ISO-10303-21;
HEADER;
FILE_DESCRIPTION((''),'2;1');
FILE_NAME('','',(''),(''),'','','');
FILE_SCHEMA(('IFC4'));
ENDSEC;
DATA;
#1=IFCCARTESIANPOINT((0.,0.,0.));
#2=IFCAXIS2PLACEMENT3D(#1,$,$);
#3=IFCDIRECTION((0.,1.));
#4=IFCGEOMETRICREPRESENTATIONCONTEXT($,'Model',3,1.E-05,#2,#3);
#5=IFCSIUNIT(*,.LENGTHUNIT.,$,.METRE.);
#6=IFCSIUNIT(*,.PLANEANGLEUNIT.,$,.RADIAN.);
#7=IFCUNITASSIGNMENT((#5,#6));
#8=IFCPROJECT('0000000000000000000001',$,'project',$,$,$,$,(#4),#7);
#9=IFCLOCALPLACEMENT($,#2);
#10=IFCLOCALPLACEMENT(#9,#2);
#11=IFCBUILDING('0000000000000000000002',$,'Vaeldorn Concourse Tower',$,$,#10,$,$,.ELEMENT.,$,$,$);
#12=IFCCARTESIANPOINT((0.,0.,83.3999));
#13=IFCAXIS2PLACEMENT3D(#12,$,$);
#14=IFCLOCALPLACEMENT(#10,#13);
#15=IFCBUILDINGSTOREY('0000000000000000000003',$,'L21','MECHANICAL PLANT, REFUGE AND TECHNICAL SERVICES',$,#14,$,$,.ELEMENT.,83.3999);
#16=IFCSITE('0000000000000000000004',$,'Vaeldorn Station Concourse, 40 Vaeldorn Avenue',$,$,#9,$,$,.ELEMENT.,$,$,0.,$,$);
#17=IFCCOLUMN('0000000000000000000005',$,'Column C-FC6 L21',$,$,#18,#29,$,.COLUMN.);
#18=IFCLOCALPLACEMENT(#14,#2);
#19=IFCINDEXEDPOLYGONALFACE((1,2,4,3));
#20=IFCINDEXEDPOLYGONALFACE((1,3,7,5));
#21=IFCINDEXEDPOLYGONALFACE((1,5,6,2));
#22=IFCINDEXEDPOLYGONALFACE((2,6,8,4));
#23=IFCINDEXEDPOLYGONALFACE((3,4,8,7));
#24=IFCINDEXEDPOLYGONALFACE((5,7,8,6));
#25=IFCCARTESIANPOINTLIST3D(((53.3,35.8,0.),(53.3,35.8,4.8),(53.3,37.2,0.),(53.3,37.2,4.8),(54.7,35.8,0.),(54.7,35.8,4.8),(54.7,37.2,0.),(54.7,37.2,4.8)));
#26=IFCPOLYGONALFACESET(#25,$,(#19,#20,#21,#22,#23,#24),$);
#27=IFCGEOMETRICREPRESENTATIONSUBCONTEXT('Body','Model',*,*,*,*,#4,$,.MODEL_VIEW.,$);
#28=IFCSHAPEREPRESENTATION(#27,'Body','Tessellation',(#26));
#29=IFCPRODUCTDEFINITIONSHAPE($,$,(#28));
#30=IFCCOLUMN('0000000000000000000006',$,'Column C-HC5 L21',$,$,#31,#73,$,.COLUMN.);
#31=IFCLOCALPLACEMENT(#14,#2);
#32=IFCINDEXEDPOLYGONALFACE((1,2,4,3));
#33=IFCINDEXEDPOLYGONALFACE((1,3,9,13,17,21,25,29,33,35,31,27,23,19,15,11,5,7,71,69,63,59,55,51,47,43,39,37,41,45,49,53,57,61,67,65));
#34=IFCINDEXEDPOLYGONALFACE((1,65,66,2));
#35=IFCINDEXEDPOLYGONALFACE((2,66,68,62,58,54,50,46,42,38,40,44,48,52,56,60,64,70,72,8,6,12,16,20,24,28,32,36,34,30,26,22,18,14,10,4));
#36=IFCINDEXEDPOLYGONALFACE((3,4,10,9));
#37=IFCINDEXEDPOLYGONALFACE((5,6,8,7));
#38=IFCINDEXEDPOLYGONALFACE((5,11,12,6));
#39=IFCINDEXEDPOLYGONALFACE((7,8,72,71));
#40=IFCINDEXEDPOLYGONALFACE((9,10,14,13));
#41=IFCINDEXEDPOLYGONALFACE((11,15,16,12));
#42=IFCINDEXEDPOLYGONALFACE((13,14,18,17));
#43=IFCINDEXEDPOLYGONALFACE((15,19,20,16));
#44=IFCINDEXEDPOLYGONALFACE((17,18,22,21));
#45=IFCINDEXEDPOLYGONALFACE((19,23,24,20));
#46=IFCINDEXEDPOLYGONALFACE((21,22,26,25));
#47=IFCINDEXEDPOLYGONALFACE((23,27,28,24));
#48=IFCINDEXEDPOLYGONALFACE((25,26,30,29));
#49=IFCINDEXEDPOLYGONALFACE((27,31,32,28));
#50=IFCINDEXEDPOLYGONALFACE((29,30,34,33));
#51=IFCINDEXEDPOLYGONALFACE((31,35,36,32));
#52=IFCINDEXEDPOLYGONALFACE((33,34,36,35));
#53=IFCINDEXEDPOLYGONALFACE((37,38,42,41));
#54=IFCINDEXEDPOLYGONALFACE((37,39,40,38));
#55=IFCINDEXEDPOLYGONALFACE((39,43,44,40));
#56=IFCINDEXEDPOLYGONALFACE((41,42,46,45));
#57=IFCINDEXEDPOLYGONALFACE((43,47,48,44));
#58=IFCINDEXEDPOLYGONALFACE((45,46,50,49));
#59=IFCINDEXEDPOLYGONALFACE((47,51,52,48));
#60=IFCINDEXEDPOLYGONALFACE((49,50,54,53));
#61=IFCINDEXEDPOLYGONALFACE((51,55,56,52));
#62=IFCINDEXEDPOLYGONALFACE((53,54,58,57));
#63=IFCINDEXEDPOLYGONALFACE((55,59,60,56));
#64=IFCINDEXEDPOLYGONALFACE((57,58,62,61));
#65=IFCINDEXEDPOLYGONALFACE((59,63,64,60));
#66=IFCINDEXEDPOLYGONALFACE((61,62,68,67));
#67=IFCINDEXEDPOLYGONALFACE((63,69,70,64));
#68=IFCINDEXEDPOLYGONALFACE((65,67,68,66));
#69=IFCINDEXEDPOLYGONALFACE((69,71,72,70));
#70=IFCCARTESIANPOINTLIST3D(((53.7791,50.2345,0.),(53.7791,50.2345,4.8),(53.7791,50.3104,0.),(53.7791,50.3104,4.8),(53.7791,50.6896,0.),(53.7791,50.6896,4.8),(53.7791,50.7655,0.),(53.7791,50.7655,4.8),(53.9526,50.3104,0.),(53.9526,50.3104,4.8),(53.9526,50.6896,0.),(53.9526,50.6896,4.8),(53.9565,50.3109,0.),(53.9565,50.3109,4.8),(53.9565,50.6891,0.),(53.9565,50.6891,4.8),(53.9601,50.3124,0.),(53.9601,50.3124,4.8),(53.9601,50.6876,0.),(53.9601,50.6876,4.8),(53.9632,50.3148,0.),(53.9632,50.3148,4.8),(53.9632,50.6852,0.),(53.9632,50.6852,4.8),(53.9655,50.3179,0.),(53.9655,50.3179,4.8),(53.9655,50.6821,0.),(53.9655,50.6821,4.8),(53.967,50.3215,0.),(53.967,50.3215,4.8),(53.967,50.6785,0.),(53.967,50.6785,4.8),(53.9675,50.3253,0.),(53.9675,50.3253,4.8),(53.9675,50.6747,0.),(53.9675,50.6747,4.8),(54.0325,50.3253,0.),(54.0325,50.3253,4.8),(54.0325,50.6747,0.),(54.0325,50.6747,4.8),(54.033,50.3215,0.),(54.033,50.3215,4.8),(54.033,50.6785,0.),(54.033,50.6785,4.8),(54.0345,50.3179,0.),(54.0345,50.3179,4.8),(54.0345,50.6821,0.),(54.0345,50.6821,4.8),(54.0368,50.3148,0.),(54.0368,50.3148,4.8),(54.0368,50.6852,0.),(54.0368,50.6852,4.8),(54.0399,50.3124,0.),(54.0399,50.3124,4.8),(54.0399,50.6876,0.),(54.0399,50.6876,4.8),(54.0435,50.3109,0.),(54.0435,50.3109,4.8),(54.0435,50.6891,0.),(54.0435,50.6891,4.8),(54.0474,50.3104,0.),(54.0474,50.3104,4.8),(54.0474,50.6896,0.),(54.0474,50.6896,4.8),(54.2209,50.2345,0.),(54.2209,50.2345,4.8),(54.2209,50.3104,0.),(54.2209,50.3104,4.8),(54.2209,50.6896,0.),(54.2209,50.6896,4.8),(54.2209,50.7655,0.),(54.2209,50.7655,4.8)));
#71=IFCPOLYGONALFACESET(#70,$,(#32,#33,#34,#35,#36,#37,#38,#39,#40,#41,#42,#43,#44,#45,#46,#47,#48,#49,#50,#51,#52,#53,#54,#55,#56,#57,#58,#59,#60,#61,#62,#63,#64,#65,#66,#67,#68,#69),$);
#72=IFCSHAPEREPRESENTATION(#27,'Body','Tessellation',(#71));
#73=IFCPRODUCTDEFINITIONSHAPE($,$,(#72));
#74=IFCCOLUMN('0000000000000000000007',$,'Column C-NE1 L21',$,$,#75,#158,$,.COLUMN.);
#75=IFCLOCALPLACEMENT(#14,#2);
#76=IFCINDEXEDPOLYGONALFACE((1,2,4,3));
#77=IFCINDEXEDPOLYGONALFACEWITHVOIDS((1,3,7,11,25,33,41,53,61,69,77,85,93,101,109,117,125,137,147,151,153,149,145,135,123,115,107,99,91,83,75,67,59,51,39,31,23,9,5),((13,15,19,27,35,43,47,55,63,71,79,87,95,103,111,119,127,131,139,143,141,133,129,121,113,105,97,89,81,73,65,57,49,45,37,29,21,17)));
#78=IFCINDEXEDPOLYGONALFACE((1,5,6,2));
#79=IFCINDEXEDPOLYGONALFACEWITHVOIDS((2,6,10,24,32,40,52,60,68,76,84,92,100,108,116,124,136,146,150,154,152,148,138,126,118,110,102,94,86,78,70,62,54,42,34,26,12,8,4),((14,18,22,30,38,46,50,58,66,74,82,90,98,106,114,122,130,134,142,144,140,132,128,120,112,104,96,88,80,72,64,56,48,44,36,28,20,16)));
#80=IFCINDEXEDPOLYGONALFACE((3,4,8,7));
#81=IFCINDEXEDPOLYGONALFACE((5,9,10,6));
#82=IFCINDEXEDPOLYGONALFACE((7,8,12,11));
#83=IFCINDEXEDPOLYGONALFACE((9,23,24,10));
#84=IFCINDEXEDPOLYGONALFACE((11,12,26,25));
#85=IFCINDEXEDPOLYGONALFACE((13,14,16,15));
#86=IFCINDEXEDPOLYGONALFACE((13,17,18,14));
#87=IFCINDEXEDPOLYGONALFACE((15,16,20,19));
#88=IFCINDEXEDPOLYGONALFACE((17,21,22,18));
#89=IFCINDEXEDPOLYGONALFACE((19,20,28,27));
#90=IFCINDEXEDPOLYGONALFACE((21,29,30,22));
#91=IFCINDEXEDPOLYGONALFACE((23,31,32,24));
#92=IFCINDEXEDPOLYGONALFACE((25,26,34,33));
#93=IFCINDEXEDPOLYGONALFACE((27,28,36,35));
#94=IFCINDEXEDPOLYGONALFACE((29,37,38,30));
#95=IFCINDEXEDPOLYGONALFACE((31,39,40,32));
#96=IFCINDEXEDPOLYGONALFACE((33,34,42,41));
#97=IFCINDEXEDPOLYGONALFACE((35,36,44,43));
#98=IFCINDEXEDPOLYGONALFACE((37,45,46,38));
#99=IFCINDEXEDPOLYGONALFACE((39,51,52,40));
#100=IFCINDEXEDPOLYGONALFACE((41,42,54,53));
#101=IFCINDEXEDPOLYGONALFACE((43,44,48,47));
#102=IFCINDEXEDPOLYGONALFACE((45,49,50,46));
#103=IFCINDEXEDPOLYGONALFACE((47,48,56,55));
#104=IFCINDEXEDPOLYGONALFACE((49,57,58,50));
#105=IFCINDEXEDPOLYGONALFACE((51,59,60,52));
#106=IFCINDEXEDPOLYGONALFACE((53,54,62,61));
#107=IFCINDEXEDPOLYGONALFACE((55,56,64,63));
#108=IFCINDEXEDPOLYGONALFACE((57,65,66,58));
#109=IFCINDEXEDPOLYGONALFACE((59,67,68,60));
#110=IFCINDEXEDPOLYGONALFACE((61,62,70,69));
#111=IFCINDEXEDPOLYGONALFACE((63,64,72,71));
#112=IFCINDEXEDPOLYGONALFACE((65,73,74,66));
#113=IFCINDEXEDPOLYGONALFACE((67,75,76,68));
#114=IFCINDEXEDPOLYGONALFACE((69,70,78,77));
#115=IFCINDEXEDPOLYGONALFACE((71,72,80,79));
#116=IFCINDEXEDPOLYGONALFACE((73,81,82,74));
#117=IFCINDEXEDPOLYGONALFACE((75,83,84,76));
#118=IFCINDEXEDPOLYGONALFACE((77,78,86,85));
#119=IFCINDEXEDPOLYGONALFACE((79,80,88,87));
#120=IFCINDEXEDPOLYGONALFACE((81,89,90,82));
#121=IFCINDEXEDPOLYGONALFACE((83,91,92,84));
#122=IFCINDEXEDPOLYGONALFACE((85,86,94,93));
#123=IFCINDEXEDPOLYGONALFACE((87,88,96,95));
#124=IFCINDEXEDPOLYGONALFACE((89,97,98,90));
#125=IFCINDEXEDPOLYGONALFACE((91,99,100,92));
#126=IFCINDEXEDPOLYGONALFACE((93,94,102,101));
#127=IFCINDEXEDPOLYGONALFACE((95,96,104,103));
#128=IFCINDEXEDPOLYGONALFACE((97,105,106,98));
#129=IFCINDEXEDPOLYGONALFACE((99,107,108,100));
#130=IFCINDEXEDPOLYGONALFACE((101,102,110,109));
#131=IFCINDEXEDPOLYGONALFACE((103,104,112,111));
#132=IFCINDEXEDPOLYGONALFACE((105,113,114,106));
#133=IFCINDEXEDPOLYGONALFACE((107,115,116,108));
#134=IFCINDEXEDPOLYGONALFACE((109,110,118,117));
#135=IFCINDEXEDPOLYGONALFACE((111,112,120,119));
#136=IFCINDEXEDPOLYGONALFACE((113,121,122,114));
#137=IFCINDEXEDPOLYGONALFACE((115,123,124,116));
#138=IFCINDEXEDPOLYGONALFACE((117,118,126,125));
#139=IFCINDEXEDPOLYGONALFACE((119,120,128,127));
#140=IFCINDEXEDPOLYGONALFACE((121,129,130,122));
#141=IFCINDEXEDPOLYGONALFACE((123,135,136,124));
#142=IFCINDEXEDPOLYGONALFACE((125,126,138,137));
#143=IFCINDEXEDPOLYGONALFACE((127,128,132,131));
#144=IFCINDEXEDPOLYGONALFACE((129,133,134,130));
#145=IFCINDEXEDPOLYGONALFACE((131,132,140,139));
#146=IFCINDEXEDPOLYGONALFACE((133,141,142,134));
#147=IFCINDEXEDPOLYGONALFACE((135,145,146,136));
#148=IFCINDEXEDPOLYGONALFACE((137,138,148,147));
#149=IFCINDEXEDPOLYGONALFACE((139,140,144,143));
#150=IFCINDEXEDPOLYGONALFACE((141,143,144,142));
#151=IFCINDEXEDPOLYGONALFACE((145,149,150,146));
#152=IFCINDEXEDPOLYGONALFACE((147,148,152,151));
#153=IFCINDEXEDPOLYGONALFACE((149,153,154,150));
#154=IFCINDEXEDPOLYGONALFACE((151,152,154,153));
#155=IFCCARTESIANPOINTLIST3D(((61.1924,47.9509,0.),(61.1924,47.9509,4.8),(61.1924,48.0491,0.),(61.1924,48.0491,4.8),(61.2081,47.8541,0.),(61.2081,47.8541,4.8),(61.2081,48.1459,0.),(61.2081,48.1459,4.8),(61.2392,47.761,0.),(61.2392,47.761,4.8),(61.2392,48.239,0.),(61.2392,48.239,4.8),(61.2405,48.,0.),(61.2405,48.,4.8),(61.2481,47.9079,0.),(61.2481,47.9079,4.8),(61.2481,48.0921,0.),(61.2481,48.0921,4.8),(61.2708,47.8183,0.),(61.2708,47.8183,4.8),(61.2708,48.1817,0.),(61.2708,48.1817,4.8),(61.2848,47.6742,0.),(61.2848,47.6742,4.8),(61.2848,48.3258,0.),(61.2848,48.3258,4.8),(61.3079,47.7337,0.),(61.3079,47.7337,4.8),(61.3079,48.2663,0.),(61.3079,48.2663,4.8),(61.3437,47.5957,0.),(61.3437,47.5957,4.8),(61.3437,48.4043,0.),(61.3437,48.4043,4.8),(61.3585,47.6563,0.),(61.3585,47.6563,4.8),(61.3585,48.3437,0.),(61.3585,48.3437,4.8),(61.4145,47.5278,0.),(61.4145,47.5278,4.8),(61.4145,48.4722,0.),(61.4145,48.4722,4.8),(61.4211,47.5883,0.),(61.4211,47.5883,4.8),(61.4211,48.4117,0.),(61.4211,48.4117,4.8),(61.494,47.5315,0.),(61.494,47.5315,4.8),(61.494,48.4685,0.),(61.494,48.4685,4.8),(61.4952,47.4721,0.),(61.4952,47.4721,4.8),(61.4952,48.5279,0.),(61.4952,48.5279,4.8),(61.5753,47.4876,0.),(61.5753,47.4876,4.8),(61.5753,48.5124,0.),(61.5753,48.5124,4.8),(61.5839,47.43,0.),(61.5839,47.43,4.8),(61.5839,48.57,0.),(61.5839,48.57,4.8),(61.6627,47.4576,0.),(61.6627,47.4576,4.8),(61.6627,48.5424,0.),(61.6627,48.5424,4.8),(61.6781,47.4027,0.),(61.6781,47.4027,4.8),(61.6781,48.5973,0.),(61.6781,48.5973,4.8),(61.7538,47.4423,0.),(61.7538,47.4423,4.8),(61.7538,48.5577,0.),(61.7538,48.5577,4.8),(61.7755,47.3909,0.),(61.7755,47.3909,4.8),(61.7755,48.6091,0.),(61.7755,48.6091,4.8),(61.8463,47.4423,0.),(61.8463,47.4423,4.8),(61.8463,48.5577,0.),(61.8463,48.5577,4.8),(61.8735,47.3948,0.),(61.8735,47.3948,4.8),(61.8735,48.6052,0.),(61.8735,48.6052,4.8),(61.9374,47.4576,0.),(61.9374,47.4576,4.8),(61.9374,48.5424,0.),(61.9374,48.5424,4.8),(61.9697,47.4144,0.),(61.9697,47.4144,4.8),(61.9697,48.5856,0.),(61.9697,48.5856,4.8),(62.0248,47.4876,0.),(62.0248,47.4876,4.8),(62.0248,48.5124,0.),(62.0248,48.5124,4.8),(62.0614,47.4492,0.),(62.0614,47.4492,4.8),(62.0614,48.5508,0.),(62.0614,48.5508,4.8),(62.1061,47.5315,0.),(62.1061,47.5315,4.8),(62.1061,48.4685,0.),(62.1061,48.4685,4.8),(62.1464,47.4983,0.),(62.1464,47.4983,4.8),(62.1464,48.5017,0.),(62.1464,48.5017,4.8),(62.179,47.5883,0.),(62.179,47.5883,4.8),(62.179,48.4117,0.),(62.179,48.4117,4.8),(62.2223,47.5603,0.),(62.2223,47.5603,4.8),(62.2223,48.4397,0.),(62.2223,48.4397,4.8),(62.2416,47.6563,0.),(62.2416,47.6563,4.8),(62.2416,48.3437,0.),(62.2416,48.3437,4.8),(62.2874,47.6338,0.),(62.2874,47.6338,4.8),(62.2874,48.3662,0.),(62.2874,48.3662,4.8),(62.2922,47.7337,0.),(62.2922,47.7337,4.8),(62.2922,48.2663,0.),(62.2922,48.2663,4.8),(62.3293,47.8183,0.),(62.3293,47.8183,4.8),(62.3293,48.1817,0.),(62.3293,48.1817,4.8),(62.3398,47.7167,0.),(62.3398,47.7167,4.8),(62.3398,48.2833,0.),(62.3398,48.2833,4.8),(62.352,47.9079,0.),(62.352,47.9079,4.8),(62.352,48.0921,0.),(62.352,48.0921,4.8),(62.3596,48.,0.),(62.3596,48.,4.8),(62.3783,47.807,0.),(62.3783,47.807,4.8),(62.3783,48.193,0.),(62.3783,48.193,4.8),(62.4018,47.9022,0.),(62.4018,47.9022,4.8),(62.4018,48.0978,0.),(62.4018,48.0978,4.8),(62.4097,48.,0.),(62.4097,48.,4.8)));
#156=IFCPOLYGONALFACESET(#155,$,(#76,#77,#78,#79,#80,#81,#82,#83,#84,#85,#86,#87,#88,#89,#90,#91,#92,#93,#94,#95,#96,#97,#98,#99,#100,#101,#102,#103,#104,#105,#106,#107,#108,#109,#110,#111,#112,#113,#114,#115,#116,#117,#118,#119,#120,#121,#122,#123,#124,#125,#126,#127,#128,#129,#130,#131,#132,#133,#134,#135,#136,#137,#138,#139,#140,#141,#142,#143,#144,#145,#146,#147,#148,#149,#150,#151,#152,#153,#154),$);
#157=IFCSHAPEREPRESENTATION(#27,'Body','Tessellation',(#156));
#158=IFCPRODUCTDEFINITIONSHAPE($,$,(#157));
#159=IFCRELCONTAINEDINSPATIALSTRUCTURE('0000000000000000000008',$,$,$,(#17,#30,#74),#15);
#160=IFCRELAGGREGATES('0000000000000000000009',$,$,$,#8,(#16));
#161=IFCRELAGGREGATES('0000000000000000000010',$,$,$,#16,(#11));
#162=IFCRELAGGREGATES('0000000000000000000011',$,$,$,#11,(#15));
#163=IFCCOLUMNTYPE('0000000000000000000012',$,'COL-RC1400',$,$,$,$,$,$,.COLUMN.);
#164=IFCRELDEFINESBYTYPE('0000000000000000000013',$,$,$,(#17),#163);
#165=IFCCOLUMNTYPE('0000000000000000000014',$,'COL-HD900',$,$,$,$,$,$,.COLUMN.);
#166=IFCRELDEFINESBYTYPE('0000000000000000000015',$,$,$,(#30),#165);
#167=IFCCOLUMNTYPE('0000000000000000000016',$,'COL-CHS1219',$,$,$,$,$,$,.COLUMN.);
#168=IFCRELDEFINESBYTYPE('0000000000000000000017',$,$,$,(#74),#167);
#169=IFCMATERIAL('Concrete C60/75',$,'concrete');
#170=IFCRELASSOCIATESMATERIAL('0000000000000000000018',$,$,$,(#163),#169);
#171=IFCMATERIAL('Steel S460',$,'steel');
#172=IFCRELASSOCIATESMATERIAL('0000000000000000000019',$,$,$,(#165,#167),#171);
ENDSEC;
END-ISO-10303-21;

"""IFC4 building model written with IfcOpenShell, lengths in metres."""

from ifc_helpers import new_model, si_unit, direction, frame, origin, origin_2d, place, context, subcontext, project, spatial, rectangle, hollow_circle, i_section, extrude, source, transform, mapped, material, material_profile, profile_set, type_object, element, save


model = new_model("IFC4")

# Units and contexts
model_context = context("Model", 3, precision=1e-05, world=origin(), true_north=direction((0.0, 1.0)))
body_context = subcontext(model_context, "Body", "Model", "MODEL_VIEW")
ifc_project = project(units=[si_unit("LENGTHUNIT", "METRE"), si_unit("PLANEANGLEUNIT", "RADIAN")], contexts=[model_context])

# Site, building, storey
site_placement = place(None, origin())
site = spatial("IfcSite", under=ifc_project, at=site_placement, Name="Vaeldorn Station Concourse, 40 Vaeldorn Avenue", CompositionType="ELEMENT", RefElevation=0.0)
building_placement = place(site_placement, origin())
building = spatial("IfcBuilding", under=site, at=building_placement, Name="Vaeldorn Concourse Tower", CompositionType="ELEMENT")
storey_placement = place(building_placement, frame((0.0, 0.0, 83.3999)))
storey = spatial("IfcBuildingStorey", under=building, at=storey_placement, Name="L21", Description="MECHANICAL PLANT, REFUGE AND TECHNICAL SERVICES", CompositionType="ELEMENT", Elevation=83.3999)

# Columns
ifc_material_1 = material(Name="Concrete C60/75", Category="concrete")
ifc_material_profile_1 = material_profile(ifc_material_1, rectangle(XDim=1.3999, YDim=1.3999, at=origin_2d()), Name="RC 1400x1400")
ifc_profile_set_1 = profile_set([ifc_material_profile_1], Name="Concrete C60/75")
column_type_1 = type_object("IfcColumnType", Name="COL-RC1400", PredefinedType="COLUMN", material=ifc_profile_set_1)
shared_shape_1 = source(origin(), body_context, "Body", "SweptSolid", [
    extrude(rectangle(XDim=1.3999, YDim=1.3999, at=origin_2d()), origin(), (0.0, 0.0, 1.0), 4.8),
])
column_1_placement = place(storey_placement, frame((54.0, 36.5, 0.0), z_axis=(0.0, 0.0, 1.0), x_axis=(1.0, 0.0, 0.0)))
element("IfcColumn", 1, at=column_1_placement, inside=storey, type_object=column_type_1, Name="Column C-FC6 L21", PredefinedType="COLUMN", context=body_context, shape_type="MappedRepresentation", body=[
    mapped(shared_shape_1, transform((0.0, 0.0, 0.0), scale=1.0)),
])
ifc_material_2 = material(Name="Steel S460", Category="steel")
ifc_material_profile_2 = material_profile(ifc_material_2, i_section(OverallWidth=0.4419, OverallDepth=0.531, WebThickness=0.0649, FlangeThickness=0.0759, FilletRadius=0.0149, at=origin_2d()), Name="HD 400x900")
ifc_profile_set_2 = profile_set([ifc_material_profile_2], Name="Steel S460")
column_type_2 = type_object("IfcColumnType", Name="COL-HD900", PredefinedType="COLUMN", material=ifc_profile_set_2)
shared_shape_2 = source(origin(), body_context, "Body", "SweptSolid", [
    extrude(i_section(OverallWidth=0.4419, OverallDepth=0.531, WebThickness=0.0649, FlangeThickness=0.0759, FilletRadius=0.0149, at=origin_2d()), origin(), (0.0, 0.0, 1.0), 4.8),
])
column_2_placement = place(storey_placement, frame((54.0, 50.5, 0.0), z_axis=(0.0, 0.0, 1.0), x_axis=(1.0, 0.0, 0.0)))
element("IfcColumn", 2, at=column_2_placement, inside=storey, type_object=column_type_2, Name="Column C-HC5 L21", PredefinedType="COLUMN", context=body_context, shape_type="MappedRepresentation", body=[
    mapped(shared_shape_2, transform((0.0, 0.0, 0.0), scale=1.0)),
])
ifc_material_profile_3 = material_profile(ifc_material_2, hollow_circle(Radius=0.6096, WallThickness=0.05, at=origin_2d()), Name="CHS 1219x50")
ifc_profile_set_3 = profile_set([ifc_material_profile_3], Name="Steel S460")
column_type_3 = type_object("IfcColumnType", Name="COL-CHS1219", PredefinedType="COLUMN", material=ifc_profile_set_3)
shared_shape_3 = source(origin(), body_context, "Body", "SweptSolid", [
    extrude(hollow_circle(Radius=0.6096, WallThickness=0.05, at=origin_2d()), origin(), (0.0, 0.0, 1.0), 4.8),
])
for number, where, z_axis, x_axis, name in (
    (3, (61.8, 48.0, 0.0), (0.0, 0.0, 1.0), (1.0, 0.0, 0.0), "Column C-NE1 L21"),
):
    element("IfcColumn", number, at=place(storey_placement, frame(where, z_axis=z_axis, x_axis=x_axis)), inside=storey, type_object=column_type_3, Name=name, PredefinedType="COLUMN", context=body_context, shape_type="MappedRepresentation", body=[
        mapped(shared_shape_3, transform((0.0, 0.0, 0.0), scale=1.0)),
    ])

save(model, "model.ifc")
